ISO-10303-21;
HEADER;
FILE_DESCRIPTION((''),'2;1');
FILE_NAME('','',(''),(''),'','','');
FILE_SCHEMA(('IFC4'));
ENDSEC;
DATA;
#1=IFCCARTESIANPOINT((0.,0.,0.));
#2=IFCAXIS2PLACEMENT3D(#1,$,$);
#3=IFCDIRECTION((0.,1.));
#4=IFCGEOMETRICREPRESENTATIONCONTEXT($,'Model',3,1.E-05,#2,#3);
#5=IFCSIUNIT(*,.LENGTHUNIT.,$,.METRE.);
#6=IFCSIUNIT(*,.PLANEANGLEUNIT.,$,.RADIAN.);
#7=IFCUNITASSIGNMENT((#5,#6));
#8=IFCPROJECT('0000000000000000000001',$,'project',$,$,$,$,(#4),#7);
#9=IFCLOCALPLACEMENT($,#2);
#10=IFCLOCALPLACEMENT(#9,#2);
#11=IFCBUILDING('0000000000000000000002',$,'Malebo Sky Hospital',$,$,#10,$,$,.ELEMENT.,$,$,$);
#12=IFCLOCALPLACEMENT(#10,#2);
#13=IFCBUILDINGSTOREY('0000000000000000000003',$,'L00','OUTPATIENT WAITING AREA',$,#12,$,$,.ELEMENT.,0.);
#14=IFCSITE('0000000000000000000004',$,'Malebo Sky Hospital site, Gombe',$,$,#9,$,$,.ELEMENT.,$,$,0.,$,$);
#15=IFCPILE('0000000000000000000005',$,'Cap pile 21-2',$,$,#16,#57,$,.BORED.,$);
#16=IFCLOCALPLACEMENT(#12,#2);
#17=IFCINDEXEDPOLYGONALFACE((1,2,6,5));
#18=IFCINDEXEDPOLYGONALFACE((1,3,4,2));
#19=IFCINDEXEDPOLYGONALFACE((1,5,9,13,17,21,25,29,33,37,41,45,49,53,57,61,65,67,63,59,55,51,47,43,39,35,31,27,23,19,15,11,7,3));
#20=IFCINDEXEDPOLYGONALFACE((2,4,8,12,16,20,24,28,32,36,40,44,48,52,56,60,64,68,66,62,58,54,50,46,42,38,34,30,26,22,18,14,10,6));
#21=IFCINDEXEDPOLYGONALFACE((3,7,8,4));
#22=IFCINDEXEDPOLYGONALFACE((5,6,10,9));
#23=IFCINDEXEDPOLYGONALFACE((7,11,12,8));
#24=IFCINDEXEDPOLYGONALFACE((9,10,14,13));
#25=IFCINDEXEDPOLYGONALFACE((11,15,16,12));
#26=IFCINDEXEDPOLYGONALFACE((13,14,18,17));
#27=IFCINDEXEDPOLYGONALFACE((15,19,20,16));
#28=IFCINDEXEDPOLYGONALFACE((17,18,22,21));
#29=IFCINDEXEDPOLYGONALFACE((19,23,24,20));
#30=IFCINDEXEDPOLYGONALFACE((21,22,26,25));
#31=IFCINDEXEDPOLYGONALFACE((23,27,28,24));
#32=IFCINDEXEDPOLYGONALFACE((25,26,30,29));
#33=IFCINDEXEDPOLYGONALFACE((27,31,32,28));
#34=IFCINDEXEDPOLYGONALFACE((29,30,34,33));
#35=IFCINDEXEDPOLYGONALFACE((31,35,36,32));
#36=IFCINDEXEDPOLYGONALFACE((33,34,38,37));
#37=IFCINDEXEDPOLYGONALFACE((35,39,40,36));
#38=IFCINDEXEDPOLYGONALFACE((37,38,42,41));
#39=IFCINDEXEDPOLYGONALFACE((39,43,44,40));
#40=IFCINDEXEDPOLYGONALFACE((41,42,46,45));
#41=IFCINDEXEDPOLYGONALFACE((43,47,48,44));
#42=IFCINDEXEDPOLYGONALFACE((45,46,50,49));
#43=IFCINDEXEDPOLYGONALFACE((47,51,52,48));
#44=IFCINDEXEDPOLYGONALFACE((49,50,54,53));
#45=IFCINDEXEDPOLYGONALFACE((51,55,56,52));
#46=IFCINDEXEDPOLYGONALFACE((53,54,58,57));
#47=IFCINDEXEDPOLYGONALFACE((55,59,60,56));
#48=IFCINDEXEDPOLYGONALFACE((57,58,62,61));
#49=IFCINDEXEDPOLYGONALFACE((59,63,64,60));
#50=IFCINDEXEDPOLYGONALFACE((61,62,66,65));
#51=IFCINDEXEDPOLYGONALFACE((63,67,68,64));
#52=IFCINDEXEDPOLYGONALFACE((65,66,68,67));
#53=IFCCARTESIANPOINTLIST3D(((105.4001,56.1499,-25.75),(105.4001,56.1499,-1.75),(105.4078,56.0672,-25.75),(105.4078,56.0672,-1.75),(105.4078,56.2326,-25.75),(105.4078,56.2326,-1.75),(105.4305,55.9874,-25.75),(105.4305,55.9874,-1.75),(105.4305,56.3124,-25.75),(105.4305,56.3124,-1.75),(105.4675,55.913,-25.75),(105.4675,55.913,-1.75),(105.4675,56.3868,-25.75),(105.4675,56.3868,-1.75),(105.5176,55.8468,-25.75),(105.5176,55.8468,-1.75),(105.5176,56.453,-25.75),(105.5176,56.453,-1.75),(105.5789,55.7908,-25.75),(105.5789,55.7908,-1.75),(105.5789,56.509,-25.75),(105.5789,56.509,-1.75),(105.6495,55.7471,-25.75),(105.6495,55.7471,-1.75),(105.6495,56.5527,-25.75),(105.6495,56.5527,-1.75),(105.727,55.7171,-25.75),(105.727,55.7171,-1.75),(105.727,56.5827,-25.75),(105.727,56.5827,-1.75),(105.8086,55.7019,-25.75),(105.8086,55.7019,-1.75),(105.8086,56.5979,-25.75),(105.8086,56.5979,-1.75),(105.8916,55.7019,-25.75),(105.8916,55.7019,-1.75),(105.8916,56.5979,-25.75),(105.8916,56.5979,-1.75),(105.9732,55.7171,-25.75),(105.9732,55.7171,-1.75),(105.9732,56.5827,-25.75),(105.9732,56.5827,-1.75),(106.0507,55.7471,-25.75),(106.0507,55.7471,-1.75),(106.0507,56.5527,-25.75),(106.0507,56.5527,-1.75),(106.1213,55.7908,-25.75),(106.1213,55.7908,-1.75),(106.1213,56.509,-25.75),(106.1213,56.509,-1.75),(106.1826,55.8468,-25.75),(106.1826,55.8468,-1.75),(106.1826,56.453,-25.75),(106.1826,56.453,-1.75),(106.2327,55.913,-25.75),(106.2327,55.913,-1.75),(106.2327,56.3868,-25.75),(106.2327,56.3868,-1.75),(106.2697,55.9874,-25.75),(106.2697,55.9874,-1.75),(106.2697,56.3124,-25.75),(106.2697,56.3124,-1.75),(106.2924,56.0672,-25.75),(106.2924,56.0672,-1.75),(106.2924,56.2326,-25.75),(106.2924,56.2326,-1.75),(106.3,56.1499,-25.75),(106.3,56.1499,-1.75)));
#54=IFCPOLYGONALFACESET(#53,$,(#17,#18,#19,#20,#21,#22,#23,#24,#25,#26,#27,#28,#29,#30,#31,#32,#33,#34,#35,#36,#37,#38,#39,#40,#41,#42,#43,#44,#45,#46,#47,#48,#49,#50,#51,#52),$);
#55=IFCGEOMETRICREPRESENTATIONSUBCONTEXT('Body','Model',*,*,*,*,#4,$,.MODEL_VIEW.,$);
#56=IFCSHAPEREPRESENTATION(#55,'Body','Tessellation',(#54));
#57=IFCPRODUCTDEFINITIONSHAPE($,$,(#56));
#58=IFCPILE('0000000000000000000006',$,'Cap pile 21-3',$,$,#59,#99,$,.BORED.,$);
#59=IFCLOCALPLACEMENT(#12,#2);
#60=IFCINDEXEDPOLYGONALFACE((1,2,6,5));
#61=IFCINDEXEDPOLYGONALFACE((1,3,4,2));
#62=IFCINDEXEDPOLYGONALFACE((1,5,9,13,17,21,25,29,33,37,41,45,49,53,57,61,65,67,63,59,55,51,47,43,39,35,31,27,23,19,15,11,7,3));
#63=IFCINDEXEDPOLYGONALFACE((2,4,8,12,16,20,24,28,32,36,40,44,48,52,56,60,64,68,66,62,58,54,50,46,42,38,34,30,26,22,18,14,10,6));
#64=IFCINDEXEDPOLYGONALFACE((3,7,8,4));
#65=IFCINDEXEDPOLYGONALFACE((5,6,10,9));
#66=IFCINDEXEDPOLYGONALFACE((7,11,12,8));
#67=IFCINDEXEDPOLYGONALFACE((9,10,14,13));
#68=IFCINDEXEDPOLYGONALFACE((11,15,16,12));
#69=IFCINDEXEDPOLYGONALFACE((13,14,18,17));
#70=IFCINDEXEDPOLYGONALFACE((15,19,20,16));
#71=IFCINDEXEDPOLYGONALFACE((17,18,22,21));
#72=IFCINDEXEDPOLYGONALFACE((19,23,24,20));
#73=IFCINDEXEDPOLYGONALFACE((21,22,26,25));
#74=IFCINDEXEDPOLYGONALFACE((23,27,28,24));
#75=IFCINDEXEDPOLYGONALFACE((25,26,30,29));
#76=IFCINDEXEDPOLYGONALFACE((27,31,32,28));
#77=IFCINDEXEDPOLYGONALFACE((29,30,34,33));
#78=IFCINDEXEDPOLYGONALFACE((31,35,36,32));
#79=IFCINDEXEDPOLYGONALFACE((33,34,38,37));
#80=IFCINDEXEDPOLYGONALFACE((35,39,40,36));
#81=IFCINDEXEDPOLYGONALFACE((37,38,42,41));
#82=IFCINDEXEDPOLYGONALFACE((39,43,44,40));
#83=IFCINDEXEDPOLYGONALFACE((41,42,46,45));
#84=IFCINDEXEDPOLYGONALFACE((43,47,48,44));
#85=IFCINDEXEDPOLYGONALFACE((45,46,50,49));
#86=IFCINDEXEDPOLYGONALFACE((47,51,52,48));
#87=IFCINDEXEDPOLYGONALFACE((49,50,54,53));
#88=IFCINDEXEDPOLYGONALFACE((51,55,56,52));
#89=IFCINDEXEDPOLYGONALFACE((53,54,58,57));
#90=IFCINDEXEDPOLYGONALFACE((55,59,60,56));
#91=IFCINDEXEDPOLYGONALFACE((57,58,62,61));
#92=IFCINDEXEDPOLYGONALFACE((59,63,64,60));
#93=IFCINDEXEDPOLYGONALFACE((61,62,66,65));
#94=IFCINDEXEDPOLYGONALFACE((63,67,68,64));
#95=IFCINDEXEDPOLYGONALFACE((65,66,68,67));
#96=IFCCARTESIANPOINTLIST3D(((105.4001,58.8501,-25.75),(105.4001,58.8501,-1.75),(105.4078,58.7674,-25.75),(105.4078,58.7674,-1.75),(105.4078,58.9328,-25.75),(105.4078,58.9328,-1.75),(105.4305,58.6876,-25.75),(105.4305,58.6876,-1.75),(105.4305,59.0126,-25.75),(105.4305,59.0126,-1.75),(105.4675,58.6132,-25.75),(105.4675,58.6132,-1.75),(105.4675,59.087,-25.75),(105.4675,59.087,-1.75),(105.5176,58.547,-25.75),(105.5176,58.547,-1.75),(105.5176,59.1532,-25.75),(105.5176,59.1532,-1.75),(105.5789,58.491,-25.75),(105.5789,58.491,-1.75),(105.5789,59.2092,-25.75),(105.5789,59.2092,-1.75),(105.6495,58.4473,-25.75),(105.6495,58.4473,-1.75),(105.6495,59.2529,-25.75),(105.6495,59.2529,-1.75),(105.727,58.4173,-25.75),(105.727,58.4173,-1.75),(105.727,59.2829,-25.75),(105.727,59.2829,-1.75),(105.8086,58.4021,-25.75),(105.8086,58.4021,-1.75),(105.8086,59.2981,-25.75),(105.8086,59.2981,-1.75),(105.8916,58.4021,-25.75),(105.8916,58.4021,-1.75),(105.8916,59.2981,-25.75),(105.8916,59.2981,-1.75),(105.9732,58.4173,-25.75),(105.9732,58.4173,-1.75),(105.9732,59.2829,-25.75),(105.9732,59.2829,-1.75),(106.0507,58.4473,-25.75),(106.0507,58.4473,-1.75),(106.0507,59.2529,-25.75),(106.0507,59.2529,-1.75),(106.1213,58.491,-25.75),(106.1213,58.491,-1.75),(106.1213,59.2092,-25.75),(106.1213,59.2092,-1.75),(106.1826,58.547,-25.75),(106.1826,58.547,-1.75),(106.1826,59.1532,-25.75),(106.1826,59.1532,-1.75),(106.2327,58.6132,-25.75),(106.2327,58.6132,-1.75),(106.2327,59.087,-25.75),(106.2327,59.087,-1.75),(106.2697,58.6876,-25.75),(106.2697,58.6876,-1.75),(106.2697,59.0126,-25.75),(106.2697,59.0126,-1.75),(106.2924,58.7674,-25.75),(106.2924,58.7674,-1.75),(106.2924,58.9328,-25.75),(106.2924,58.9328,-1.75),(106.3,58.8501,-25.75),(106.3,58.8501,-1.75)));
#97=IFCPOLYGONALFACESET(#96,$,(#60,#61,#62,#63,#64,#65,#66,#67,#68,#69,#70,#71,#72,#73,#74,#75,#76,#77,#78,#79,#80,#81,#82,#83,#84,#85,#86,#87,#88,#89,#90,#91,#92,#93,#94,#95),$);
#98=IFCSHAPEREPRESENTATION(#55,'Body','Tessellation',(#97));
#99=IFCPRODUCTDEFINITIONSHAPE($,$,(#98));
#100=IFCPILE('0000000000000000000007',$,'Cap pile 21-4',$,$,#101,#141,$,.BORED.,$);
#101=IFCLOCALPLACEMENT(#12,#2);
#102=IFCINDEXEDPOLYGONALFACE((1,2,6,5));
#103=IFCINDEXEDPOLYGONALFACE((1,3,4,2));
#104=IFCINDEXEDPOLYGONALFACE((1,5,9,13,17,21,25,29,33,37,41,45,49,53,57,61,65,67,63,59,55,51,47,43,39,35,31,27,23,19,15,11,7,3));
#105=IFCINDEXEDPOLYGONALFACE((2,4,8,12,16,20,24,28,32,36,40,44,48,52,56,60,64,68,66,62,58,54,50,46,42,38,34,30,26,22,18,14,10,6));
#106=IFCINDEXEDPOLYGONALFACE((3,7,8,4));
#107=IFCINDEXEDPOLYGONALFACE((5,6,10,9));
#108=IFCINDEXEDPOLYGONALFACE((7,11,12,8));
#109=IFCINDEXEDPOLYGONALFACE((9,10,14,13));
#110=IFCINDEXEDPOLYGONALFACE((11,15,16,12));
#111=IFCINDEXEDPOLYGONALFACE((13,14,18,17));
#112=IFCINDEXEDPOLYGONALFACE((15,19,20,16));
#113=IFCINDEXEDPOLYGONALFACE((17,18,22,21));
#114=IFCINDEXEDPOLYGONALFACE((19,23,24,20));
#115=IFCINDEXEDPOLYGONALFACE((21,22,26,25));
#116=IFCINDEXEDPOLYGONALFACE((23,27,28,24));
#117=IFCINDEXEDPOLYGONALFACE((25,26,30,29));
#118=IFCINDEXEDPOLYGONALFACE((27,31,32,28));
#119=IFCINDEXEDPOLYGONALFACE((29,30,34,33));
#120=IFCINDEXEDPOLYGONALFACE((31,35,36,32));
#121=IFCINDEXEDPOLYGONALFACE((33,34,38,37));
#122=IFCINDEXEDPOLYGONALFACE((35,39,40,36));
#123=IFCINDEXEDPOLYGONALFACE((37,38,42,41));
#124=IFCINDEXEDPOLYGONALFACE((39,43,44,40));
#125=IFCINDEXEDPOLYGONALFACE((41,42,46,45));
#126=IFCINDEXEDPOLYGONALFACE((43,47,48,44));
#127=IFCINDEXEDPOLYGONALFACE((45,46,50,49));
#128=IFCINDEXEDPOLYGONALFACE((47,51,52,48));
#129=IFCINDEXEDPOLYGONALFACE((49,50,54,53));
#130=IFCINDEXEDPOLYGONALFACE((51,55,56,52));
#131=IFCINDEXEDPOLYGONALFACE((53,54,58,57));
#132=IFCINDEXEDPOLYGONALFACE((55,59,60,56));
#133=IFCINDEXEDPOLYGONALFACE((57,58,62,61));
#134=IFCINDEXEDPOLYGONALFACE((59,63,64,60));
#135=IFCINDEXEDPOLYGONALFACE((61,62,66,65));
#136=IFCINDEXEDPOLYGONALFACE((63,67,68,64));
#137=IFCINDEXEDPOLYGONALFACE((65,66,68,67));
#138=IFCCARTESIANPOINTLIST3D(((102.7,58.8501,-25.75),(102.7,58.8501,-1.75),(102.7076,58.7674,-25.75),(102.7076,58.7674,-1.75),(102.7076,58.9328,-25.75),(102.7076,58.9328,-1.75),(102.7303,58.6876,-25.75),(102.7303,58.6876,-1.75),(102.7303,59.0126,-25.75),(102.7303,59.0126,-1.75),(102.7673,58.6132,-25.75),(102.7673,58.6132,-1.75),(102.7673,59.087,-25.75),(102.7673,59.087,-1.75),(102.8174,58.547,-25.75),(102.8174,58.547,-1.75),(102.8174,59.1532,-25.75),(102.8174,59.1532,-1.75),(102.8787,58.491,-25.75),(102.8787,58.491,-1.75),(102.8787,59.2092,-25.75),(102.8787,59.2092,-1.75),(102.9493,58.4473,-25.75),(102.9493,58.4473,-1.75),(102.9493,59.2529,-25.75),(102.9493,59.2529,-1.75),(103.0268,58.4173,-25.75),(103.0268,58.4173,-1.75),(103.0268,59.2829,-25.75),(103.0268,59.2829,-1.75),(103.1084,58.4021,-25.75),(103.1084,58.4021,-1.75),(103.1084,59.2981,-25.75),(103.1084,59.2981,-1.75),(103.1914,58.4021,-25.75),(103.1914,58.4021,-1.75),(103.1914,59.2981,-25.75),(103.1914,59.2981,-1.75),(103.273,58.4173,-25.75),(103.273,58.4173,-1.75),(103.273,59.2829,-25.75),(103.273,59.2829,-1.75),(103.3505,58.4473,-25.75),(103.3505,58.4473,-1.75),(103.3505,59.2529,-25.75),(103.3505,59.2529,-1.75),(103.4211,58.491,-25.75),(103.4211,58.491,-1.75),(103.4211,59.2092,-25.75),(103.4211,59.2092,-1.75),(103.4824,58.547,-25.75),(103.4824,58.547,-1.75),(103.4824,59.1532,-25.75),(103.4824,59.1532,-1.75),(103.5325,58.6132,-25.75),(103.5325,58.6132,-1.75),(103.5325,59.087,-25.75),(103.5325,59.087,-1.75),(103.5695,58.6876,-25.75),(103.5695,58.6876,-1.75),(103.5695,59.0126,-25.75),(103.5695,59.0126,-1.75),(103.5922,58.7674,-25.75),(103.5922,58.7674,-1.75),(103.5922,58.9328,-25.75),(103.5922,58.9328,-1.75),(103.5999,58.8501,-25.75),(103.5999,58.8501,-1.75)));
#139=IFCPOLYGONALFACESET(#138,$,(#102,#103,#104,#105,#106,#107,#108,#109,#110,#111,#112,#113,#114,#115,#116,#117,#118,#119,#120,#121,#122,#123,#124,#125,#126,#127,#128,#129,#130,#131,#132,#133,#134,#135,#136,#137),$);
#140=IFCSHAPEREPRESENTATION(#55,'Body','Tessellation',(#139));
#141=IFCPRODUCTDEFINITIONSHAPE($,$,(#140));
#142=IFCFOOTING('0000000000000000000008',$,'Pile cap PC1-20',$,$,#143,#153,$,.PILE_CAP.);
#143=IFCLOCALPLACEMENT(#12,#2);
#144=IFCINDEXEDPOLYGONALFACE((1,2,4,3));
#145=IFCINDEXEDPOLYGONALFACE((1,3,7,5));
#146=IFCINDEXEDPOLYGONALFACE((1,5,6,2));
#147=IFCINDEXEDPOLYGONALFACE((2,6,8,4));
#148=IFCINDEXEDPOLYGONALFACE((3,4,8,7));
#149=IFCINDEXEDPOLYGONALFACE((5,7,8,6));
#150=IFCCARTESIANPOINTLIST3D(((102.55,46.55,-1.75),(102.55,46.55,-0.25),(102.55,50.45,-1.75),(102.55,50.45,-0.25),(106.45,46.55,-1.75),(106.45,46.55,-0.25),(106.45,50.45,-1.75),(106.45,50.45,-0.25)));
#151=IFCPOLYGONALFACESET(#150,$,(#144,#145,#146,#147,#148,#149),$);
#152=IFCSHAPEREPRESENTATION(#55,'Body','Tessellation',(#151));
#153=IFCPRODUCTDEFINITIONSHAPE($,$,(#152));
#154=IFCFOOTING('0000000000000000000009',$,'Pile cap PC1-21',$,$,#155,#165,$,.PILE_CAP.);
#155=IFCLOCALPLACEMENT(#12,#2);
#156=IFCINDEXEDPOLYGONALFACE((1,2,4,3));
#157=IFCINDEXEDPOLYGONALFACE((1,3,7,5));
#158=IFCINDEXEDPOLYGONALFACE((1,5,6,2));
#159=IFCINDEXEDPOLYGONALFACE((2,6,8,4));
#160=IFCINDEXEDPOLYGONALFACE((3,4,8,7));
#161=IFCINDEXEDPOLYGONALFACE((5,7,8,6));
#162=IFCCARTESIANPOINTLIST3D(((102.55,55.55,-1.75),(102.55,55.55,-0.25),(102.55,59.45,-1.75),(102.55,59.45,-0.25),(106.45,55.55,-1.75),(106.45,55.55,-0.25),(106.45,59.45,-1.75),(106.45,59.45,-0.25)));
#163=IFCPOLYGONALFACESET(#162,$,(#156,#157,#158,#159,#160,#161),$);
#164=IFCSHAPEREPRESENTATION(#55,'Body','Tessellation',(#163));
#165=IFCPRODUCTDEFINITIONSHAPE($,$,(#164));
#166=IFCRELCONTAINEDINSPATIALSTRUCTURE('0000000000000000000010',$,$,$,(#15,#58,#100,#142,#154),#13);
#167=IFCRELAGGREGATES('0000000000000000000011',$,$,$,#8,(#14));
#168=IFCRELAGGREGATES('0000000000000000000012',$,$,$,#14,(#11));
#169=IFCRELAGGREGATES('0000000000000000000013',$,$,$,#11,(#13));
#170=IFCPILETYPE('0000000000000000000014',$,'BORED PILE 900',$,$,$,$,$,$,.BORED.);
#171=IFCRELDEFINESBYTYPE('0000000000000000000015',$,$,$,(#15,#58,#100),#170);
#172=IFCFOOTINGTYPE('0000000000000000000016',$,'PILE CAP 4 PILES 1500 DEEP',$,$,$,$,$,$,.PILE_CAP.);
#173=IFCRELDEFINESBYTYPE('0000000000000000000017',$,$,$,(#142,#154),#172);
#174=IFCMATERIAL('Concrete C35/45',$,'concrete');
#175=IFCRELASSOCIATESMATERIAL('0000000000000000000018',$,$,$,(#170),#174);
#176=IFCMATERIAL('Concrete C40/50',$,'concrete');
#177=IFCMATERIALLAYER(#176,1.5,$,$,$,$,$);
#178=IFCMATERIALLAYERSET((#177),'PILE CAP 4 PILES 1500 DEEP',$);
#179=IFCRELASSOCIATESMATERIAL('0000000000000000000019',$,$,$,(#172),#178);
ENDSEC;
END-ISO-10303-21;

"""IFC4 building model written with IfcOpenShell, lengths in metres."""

from ifc_helpers import new_model, si_unit, direction, frame, origin, origin_2d, place, context, subcontext, project, spatial, rectangle, circle, extrude, material, layer, layer_set, material_profile, profile_set, type_object, element, save


model = new_model("IFC4")

# Units and contexts
model_context = context("Model", 3, precision=1e-05, world=origin(), true_north=direction((0.0, 1.0)))
body_context = subcontext(model_context, "Body", "Model", "MODEL_VIEW")
ifc_project = project(units=[si_unit("LENGTHUNIT", "METRE"), si_unit("PLANEANGLEUNIT", "RADIAN")], contexts=[model_context])

# Site, building, storey
site_placement = place(None, origin())
site = spatial("IfcSite", under=ifc_project, at=site_placement, Name="Malebo Sky Hospital site, Gombe", CompositionType="ELEMENT", RefElevation=0.0)
building_placement = place(site_placement, origin())
building = spatial("IfcBuilding", under=site, at=building_placement, Name="Malebo Sky Hospital", CompositionType="ELEMENT")
storey_placement = place(building_placement, origin())
storey = spatial("IfcBuildingStorey", under=building, at=storey_placement, Name="L00", Description="OUTPATIENT WAITING AREA", CompositionType="ELEMENT", Elevation=0.0)

# Piles
ifc_material_1 = material(Name="Concrete C35/45", Category="concrete")
ifc_material_profile_1 = material_profile(ifc_material_1, circle(Radius=0.45, at=origin_2d()), Name="BP 900")
ifc_profile_set_1 = profile_set([ifc_material_profile_1], Name="Concrete C35/45")
pile_type = type_object("IfcPileType", Name="BORED PILE 900", PredefinedType="BORED", material=ifc_profile_set_1)
for number, where, z_axis, x_axis, name in (
    (1, (105.8501, 56.1499, -1.75), (0.0, 0.0, -1.0), (1.0, 0.0, 0.0), "Cap pile 21-2"),
    (2, (105.8501, 58.8501, -1.75), (0.0, 0.0, -1.0), (1.0, 0.0, 0.0), "Cap pile 21-3"),
    (3, (103.1499, 58.8501, -1.75), (0.0, 0.0, -1.0), (1.0, 0.0, 0.0), "Cap pile 21-4"),
):
    element("IfcPile", number, at=place(storey_placement, frame(where, z_axis=z_axis, x_axis=x_axis)), inside=storey, type_object=pile_type, Name=name, PredefinedType="BORED", context=body_context, shape_type="SweptSolid", body=[
        extrude(circle(Radius=0.45, at=origin_2d()), origin(), (0.0, 0.0, 1.0), 24.0),
    ])

# Footings
ifc_material_2 = material(Name="Concrete C40/50", Category="concrete")
ifc_layer_1 = layer(ifc_material_2, 1.5)
ifc_layer_set_1 = layer_set([ifc_layer_1], Name="PILE CAP 4 PILES 1500 DEEP")
footing_type = type_object("IfcFootingType", Name="PILE CAP 4 PILES 1500 DEEP", PredefinedType="PILE_CAP", material=ifc_layer_set_1)
for number, where, z_axis, x_axis, name in (
    (4, (104.5, 48.5, -1.75), (0.0, 0.0, 1.0), (1.0, 0.0, 0.0), "Pile cap PC1-20"),
    (5, (104.5, 57.5, -1.75), (0.0, 0.0, 1.0), (1.0, 0.0, 0.0), "Pile cap PC1-21"),
):
    element("IfcFooting", number, at=place(storey_placement, frame(where, z_axis=z_axis, x_axis=x_axis)), inside=storey, type_object=footing_type, Name=name, PredefinedType="PILE_CAP", context=body_context, shape_type="SweptSolid", body=[
        extrude(rectangle(XDim=3.8999, YDim=3.8999, at=origin_2d()), origin(), (0.0, 0.0, 1.0), 1.5),
    ])

save(model, "model.ifc")
